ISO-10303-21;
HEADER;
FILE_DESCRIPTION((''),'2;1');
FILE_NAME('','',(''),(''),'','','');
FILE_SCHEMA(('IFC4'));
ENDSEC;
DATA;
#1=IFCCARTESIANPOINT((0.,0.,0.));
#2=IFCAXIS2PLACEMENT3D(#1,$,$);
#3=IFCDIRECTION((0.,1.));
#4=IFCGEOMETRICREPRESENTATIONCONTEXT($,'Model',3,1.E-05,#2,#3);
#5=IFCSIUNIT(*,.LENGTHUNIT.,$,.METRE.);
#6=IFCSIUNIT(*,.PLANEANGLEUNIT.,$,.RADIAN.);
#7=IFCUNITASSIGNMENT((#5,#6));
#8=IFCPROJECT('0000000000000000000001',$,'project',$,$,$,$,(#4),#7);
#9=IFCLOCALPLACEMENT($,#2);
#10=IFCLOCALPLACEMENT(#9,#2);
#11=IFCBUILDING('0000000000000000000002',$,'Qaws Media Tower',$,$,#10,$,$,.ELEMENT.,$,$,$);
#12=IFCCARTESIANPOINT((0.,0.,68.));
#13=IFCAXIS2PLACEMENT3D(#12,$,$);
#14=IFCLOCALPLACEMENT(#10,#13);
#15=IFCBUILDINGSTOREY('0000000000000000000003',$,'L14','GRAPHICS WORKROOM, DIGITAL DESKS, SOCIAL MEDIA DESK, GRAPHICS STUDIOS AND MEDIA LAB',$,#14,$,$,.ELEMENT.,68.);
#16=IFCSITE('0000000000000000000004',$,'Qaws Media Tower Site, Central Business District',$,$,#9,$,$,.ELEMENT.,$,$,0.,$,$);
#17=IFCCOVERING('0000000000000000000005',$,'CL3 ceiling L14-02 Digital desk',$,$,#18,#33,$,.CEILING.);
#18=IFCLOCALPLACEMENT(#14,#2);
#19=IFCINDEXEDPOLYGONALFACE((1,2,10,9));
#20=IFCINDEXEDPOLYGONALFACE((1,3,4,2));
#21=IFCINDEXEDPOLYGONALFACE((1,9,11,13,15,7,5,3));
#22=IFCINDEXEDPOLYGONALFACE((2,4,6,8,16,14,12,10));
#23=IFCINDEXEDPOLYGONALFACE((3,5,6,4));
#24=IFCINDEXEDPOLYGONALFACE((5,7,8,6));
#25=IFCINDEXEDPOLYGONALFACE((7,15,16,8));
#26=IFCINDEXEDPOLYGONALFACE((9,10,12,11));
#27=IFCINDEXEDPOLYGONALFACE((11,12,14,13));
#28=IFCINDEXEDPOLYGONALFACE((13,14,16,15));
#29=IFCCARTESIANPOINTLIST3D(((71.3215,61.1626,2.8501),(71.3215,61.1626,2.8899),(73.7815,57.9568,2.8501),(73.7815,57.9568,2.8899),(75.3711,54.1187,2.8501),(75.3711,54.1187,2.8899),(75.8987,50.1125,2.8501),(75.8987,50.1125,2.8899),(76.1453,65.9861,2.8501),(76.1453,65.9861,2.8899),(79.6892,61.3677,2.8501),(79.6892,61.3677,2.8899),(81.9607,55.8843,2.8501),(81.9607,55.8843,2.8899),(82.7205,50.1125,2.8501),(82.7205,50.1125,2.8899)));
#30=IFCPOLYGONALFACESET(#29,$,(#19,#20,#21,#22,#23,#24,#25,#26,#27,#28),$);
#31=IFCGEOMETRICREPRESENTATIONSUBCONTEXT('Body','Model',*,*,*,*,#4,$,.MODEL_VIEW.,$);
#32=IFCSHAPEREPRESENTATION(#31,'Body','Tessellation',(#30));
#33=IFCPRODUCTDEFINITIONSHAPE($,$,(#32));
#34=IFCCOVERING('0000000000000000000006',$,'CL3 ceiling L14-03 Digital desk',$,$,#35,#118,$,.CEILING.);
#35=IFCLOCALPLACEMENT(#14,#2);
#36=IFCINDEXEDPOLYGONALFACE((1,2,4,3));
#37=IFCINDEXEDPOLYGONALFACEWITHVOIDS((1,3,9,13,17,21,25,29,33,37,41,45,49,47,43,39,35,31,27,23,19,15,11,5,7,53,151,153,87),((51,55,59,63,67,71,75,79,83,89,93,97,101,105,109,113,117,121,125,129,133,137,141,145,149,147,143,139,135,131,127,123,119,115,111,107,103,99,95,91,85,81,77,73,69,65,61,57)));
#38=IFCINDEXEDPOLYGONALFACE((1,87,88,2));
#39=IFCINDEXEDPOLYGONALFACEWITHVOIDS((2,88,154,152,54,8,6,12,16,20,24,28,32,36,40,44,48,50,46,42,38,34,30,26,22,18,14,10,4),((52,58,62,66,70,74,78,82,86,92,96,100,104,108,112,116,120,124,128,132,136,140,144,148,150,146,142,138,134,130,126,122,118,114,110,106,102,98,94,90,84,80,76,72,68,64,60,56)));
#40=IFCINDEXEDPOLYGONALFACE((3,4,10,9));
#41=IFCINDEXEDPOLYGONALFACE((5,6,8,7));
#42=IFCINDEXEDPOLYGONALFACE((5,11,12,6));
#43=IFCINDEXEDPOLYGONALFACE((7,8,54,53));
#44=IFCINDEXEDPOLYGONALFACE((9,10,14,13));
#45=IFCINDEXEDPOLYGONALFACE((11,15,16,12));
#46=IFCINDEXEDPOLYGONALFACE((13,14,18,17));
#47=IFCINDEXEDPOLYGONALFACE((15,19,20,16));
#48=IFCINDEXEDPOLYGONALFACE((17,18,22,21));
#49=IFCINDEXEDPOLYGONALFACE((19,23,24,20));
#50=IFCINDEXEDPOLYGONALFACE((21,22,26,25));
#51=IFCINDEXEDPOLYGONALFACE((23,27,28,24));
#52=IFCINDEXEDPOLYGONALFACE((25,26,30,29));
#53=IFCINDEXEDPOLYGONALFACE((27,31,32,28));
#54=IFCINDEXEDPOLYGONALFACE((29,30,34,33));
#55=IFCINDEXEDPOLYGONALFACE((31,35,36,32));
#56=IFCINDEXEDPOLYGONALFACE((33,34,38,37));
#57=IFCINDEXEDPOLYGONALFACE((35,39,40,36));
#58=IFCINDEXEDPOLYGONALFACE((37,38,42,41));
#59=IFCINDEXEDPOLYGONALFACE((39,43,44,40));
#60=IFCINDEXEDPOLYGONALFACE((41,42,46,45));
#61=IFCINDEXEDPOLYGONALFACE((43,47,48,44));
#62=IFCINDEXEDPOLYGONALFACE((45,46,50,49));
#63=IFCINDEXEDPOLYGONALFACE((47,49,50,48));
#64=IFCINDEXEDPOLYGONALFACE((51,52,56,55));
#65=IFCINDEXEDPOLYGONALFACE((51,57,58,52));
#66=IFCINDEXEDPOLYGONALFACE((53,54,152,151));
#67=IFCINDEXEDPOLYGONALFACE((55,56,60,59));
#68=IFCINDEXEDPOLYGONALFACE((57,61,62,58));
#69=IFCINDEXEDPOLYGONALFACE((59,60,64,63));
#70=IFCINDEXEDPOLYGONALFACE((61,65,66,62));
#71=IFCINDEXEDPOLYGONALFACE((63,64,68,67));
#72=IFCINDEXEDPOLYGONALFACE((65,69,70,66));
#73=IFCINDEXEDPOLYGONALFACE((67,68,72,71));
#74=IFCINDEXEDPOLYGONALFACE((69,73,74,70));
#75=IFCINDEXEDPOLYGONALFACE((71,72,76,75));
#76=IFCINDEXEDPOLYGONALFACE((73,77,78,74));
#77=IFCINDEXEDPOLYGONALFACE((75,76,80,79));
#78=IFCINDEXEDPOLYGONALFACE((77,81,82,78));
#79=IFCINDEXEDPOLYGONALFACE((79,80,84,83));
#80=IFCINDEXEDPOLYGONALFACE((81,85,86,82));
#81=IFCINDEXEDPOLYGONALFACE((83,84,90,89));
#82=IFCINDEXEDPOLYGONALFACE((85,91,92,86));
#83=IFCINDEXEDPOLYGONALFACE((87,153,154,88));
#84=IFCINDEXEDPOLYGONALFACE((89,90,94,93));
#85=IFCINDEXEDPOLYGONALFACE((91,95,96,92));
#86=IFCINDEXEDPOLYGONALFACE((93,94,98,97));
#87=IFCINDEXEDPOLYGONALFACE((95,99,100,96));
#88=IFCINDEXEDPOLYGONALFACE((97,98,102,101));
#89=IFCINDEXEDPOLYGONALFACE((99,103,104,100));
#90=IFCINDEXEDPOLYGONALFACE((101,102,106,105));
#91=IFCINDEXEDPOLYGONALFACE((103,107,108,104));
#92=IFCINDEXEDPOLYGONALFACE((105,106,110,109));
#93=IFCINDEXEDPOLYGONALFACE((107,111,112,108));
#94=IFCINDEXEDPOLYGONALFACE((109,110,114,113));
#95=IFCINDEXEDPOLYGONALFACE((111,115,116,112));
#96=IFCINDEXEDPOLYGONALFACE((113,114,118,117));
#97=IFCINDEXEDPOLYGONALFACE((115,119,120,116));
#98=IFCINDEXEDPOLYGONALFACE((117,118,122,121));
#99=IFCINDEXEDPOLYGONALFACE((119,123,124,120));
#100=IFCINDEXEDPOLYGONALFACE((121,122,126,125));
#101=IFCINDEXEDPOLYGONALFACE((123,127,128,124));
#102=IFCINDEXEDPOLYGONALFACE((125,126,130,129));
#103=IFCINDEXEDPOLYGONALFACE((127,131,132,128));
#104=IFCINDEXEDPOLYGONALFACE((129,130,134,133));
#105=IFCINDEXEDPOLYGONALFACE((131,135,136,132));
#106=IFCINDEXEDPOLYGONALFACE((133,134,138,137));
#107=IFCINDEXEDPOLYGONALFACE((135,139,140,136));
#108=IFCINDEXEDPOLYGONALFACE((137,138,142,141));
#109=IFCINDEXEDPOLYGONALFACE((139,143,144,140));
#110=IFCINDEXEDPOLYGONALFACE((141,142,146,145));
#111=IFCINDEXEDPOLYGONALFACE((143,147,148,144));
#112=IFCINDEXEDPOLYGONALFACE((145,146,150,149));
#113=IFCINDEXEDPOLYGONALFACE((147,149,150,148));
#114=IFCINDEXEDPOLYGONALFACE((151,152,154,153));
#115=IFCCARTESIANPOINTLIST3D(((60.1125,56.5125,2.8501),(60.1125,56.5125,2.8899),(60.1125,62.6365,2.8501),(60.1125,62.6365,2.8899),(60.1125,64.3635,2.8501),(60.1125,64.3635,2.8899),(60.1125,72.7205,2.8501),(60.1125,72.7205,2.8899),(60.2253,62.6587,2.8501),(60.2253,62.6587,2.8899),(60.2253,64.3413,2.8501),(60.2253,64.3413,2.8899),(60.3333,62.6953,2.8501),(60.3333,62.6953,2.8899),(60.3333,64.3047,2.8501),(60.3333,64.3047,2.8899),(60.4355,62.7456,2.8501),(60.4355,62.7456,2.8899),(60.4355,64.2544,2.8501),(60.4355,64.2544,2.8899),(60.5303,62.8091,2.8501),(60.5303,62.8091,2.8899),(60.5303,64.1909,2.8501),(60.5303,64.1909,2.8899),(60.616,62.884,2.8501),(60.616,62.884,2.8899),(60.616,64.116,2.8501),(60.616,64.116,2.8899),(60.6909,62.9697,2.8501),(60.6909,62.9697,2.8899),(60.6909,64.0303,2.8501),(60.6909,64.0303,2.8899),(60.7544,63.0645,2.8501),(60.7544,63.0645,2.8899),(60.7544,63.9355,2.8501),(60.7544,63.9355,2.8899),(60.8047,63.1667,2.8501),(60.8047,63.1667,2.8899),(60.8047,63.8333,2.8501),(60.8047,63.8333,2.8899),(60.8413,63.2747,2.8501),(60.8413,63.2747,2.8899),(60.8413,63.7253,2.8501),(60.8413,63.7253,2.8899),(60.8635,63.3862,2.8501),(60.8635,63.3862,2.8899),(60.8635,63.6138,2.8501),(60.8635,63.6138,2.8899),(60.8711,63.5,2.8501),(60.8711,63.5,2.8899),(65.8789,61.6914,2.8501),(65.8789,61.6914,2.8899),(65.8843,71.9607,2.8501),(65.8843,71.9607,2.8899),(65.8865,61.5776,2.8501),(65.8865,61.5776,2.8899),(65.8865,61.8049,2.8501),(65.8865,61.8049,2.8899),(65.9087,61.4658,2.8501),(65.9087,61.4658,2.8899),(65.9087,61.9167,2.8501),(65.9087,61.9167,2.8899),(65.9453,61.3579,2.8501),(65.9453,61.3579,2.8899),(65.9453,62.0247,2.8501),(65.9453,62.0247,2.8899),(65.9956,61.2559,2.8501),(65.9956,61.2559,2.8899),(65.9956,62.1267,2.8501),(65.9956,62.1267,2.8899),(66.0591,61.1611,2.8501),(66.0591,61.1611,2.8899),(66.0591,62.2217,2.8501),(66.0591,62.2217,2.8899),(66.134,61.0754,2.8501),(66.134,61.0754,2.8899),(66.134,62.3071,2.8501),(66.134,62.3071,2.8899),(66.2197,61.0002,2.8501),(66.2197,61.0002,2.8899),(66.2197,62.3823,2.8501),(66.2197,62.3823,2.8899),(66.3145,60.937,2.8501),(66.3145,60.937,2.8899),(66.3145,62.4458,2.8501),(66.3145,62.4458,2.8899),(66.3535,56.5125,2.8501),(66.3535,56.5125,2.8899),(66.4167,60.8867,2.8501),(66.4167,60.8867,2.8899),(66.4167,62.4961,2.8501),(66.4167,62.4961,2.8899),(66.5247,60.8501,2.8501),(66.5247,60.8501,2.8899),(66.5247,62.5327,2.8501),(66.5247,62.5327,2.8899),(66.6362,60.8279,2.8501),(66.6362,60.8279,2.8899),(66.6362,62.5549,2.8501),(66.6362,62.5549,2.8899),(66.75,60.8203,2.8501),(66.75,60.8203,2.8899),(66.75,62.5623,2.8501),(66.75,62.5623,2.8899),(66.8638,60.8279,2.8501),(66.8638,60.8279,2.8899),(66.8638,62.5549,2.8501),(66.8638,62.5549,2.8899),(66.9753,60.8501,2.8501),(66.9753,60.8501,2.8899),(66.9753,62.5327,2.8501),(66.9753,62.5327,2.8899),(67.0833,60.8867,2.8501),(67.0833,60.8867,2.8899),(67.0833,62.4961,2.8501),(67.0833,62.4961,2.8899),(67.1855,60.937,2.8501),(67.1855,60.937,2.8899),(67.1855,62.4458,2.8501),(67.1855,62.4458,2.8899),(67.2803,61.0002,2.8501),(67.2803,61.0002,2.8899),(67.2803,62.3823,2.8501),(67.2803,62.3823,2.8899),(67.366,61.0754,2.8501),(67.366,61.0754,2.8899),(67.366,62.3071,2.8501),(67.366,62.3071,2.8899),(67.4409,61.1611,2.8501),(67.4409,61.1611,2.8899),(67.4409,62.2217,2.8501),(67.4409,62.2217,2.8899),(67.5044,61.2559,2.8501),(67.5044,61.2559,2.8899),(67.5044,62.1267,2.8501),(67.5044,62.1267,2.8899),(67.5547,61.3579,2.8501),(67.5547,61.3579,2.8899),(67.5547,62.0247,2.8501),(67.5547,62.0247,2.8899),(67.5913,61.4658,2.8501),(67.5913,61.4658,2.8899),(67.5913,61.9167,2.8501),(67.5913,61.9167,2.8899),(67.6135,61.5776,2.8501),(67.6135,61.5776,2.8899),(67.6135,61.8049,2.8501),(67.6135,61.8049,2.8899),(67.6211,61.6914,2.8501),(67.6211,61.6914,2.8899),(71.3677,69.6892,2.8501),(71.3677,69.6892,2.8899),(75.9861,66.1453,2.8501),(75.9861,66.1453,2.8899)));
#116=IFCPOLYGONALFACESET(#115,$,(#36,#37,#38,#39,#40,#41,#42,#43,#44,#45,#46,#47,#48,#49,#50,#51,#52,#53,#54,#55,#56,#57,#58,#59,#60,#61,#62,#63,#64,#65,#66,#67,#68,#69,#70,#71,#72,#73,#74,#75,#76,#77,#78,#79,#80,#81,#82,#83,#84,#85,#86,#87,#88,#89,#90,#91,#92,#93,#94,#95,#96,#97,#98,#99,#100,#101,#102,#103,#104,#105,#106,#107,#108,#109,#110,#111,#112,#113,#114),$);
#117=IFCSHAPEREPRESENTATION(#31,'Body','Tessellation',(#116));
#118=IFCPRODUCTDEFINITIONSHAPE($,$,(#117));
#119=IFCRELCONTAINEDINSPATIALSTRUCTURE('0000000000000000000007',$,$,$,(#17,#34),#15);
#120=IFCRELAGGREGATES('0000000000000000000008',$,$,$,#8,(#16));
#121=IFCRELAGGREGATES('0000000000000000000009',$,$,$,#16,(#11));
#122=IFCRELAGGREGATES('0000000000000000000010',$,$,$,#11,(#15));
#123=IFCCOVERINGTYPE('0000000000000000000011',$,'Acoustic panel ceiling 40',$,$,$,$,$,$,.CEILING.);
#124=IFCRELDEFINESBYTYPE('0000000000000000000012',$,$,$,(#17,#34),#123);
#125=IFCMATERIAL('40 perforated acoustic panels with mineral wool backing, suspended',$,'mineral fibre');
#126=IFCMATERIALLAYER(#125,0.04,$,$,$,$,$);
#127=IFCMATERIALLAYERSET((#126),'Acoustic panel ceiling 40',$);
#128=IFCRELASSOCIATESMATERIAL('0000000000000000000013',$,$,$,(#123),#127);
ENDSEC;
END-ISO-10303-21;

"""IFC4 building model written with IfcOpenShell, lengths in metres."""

from ifc_helpers import new_model, si_unit, direction, frame, origin, place, context, subcontext, project, spatial, polyline, outline, extrude, material, layer, layer_set, type_object, element, save


model = new_model("IFC4")

# Units and contexts
model_context = context("Model", 3, precision=1e-05, world=origin(), true_north=direction((0.0, 1.0)))
body_context = subcontext(model_context, "Body", "Model", "MODEL_VIEW")
ifc_project = project(units=[si_unit("LENGTHUNIT", "METRE"), si_unit("PLANEANGLEUNIT", "RADIAN")], contexts=[model_context])

# Site, building, storey
site_placement = place(None, origin())
site = spatial("IfcSite", under=ifc_project, at=site_placement, Name="Qaws Media Tower Site, Central Business District", CompositionType="ELEMENT", RefElevation=0.0)
building_placement = place(site_placement, origin())
building = spatial("IfcBuilding", under=site, at=building_placement, Name="Qaws Media Tower", CompositionType="ELEMENT")
storey_placement = place(building_placement, frame((0.0, 0.0, 68.0)))
storey = spatial("IfcBuildingStorey", under=building, at=storey_placement, Name="L14", Description="GRAPHICS WORKROOM, DIGITAL DESKS, SOCIAL MEDIA DESK, GRAPHICS STUDIOS AND MEDIA LAB", CompositionType="ELEMENT", Elevation=68.0)

# Coverings
ifc_material_1 = material(Name="40 perforated acoustic panels with mineral wool backing, suspended", Category="mineral fibre")
ifc_layer_1 = layer(ifc_material_1, 0.04)
ifc_layer_set_1 = layer_set([ifc_layer_1], Name="Acoustic panel ceiling 40")
covering_type_1 = type_object("IfcCoveringType", Name="Acoustic panel ceiling 40", PredefinedType="CEILING", material=ifc_layer_set_1)
covering_1_placement = place(storey_placement, frame((0.0, 0.0, 2.8501)))
element("IfcCovering", 1, at=covering_1_placement, inside=storey, type_object=covering_type_1, Name="CL3 ceiling L14-02 Digital desk", PredefinedType="CEILING", context=body_context, shape_type="SweptSolid", body=[
    extrude(outline(polyline([(79.6892, 61.3677), (81.9607, 55.8843), (82.7205, 50.1125), (75.8987, 50.1125), (75.3711, 54.1187), (73.7815, 57.9568), (71.3215, 61.1626), (76.1453, 65.9861), (79.6892, 61.3677)])), origin(), (0.0, 0.0, 1.0), 0.0398),
])
covering_2_placement = place(storey_placement, frame((0.0, 0.0, 2.8501)))
element("IfcCovering", 2, at=covering_2_placement, inside=storey, type_object=covering_type_1, Name="CL3 ceiling L14-03 Digital desk", PredefinedType="CEILING", context=body_context, shape_type="SweptSolid", body=[
    extrude(outline(polyline([(65.8843, 71.9607), (71.3677, 69.6892), (75.9861, 66.1453), (66.3535, 56.5125), (60.1125, 56.5125), (60.1125, 62.6365), (60.2253, 62.6587), (60.3333, 62.6953), (60.4355, 62.7456), (60.5303, 62.8091), (60.616, 62.884), (60.6909, 62.9697), (60.7544, 63.0645), (60.8047, 63.1667), (60.8413, 63.2747), (60.8635, 63.3862), (60.8711, 63.5), (60.8635, 63.6138), (60.8413, 63.7253), (60.8047, 63.8333), (60.7544, 63.9355), (60.6909, 64.0303), (60.616, 64.116), (60.5303, 64.1909), (60.4355, 64.2544), (60.3333, 64.3047), (60.2253, 64.3413), (60.1125, 64.3635), (60.1125, 72.7205), (65.8843, 71.9607)]), holes=[polyline([(67.5547, 61.3579), (67.5913, 61.4658), (67.6135, 61.5776), (67.6211, 61.6914), (67.6135, 61.8049), (67.5913, 61.9167), (67.5547, 62.0247), (67.5044, 62.1267), (67.4409, 62.2217), (67.366, 62.3071), (67.2803, 62.3823), (67.1855, 62.4458), (67.0833, 62.4961), (66.9753, 62.5327), (66.8638, 62.5549), (66.75, 62.5623), (66.6362, 62.5549), (66.5247, 62.5327), (66.4167, 62.4961), (66.3145, 62.4458), (66.2197, 62.3823), (66.134, 62.3071), (66.0591, 62.2217), (65.9956, 62.1267), (65.9453, 62.0247), (65.9087, 61.9167), (65.8865, 61.8049), (65.8789, 61.6914), (65.8865, 61.5776), (65.9087, 61.4658), (65.9453, 61.3579), (65.9956, 61.2559), (66.0591, 61.1611), (66.134, 61.0754), (66.2197, 61.0002), (66.3145, 60.937), (66.4167, 60.8867), (66.5247, 60.8501), (66.6362, 60.8279), (66.75, 60.8203), (66.8638, 60.8279), (66.9753, 60.8501), (67.0833, 60.8867), (67.1855, 60.937), (67.2803, 61.0002), (67.366, 61.0754), (67.4409, 61.1611), (67.5044, 61.2559), (67.5547, 61.3579)])]), origin(), (0.0, 0.0, 1.0), 0.0398),
])

save(model, "model.ifc")
